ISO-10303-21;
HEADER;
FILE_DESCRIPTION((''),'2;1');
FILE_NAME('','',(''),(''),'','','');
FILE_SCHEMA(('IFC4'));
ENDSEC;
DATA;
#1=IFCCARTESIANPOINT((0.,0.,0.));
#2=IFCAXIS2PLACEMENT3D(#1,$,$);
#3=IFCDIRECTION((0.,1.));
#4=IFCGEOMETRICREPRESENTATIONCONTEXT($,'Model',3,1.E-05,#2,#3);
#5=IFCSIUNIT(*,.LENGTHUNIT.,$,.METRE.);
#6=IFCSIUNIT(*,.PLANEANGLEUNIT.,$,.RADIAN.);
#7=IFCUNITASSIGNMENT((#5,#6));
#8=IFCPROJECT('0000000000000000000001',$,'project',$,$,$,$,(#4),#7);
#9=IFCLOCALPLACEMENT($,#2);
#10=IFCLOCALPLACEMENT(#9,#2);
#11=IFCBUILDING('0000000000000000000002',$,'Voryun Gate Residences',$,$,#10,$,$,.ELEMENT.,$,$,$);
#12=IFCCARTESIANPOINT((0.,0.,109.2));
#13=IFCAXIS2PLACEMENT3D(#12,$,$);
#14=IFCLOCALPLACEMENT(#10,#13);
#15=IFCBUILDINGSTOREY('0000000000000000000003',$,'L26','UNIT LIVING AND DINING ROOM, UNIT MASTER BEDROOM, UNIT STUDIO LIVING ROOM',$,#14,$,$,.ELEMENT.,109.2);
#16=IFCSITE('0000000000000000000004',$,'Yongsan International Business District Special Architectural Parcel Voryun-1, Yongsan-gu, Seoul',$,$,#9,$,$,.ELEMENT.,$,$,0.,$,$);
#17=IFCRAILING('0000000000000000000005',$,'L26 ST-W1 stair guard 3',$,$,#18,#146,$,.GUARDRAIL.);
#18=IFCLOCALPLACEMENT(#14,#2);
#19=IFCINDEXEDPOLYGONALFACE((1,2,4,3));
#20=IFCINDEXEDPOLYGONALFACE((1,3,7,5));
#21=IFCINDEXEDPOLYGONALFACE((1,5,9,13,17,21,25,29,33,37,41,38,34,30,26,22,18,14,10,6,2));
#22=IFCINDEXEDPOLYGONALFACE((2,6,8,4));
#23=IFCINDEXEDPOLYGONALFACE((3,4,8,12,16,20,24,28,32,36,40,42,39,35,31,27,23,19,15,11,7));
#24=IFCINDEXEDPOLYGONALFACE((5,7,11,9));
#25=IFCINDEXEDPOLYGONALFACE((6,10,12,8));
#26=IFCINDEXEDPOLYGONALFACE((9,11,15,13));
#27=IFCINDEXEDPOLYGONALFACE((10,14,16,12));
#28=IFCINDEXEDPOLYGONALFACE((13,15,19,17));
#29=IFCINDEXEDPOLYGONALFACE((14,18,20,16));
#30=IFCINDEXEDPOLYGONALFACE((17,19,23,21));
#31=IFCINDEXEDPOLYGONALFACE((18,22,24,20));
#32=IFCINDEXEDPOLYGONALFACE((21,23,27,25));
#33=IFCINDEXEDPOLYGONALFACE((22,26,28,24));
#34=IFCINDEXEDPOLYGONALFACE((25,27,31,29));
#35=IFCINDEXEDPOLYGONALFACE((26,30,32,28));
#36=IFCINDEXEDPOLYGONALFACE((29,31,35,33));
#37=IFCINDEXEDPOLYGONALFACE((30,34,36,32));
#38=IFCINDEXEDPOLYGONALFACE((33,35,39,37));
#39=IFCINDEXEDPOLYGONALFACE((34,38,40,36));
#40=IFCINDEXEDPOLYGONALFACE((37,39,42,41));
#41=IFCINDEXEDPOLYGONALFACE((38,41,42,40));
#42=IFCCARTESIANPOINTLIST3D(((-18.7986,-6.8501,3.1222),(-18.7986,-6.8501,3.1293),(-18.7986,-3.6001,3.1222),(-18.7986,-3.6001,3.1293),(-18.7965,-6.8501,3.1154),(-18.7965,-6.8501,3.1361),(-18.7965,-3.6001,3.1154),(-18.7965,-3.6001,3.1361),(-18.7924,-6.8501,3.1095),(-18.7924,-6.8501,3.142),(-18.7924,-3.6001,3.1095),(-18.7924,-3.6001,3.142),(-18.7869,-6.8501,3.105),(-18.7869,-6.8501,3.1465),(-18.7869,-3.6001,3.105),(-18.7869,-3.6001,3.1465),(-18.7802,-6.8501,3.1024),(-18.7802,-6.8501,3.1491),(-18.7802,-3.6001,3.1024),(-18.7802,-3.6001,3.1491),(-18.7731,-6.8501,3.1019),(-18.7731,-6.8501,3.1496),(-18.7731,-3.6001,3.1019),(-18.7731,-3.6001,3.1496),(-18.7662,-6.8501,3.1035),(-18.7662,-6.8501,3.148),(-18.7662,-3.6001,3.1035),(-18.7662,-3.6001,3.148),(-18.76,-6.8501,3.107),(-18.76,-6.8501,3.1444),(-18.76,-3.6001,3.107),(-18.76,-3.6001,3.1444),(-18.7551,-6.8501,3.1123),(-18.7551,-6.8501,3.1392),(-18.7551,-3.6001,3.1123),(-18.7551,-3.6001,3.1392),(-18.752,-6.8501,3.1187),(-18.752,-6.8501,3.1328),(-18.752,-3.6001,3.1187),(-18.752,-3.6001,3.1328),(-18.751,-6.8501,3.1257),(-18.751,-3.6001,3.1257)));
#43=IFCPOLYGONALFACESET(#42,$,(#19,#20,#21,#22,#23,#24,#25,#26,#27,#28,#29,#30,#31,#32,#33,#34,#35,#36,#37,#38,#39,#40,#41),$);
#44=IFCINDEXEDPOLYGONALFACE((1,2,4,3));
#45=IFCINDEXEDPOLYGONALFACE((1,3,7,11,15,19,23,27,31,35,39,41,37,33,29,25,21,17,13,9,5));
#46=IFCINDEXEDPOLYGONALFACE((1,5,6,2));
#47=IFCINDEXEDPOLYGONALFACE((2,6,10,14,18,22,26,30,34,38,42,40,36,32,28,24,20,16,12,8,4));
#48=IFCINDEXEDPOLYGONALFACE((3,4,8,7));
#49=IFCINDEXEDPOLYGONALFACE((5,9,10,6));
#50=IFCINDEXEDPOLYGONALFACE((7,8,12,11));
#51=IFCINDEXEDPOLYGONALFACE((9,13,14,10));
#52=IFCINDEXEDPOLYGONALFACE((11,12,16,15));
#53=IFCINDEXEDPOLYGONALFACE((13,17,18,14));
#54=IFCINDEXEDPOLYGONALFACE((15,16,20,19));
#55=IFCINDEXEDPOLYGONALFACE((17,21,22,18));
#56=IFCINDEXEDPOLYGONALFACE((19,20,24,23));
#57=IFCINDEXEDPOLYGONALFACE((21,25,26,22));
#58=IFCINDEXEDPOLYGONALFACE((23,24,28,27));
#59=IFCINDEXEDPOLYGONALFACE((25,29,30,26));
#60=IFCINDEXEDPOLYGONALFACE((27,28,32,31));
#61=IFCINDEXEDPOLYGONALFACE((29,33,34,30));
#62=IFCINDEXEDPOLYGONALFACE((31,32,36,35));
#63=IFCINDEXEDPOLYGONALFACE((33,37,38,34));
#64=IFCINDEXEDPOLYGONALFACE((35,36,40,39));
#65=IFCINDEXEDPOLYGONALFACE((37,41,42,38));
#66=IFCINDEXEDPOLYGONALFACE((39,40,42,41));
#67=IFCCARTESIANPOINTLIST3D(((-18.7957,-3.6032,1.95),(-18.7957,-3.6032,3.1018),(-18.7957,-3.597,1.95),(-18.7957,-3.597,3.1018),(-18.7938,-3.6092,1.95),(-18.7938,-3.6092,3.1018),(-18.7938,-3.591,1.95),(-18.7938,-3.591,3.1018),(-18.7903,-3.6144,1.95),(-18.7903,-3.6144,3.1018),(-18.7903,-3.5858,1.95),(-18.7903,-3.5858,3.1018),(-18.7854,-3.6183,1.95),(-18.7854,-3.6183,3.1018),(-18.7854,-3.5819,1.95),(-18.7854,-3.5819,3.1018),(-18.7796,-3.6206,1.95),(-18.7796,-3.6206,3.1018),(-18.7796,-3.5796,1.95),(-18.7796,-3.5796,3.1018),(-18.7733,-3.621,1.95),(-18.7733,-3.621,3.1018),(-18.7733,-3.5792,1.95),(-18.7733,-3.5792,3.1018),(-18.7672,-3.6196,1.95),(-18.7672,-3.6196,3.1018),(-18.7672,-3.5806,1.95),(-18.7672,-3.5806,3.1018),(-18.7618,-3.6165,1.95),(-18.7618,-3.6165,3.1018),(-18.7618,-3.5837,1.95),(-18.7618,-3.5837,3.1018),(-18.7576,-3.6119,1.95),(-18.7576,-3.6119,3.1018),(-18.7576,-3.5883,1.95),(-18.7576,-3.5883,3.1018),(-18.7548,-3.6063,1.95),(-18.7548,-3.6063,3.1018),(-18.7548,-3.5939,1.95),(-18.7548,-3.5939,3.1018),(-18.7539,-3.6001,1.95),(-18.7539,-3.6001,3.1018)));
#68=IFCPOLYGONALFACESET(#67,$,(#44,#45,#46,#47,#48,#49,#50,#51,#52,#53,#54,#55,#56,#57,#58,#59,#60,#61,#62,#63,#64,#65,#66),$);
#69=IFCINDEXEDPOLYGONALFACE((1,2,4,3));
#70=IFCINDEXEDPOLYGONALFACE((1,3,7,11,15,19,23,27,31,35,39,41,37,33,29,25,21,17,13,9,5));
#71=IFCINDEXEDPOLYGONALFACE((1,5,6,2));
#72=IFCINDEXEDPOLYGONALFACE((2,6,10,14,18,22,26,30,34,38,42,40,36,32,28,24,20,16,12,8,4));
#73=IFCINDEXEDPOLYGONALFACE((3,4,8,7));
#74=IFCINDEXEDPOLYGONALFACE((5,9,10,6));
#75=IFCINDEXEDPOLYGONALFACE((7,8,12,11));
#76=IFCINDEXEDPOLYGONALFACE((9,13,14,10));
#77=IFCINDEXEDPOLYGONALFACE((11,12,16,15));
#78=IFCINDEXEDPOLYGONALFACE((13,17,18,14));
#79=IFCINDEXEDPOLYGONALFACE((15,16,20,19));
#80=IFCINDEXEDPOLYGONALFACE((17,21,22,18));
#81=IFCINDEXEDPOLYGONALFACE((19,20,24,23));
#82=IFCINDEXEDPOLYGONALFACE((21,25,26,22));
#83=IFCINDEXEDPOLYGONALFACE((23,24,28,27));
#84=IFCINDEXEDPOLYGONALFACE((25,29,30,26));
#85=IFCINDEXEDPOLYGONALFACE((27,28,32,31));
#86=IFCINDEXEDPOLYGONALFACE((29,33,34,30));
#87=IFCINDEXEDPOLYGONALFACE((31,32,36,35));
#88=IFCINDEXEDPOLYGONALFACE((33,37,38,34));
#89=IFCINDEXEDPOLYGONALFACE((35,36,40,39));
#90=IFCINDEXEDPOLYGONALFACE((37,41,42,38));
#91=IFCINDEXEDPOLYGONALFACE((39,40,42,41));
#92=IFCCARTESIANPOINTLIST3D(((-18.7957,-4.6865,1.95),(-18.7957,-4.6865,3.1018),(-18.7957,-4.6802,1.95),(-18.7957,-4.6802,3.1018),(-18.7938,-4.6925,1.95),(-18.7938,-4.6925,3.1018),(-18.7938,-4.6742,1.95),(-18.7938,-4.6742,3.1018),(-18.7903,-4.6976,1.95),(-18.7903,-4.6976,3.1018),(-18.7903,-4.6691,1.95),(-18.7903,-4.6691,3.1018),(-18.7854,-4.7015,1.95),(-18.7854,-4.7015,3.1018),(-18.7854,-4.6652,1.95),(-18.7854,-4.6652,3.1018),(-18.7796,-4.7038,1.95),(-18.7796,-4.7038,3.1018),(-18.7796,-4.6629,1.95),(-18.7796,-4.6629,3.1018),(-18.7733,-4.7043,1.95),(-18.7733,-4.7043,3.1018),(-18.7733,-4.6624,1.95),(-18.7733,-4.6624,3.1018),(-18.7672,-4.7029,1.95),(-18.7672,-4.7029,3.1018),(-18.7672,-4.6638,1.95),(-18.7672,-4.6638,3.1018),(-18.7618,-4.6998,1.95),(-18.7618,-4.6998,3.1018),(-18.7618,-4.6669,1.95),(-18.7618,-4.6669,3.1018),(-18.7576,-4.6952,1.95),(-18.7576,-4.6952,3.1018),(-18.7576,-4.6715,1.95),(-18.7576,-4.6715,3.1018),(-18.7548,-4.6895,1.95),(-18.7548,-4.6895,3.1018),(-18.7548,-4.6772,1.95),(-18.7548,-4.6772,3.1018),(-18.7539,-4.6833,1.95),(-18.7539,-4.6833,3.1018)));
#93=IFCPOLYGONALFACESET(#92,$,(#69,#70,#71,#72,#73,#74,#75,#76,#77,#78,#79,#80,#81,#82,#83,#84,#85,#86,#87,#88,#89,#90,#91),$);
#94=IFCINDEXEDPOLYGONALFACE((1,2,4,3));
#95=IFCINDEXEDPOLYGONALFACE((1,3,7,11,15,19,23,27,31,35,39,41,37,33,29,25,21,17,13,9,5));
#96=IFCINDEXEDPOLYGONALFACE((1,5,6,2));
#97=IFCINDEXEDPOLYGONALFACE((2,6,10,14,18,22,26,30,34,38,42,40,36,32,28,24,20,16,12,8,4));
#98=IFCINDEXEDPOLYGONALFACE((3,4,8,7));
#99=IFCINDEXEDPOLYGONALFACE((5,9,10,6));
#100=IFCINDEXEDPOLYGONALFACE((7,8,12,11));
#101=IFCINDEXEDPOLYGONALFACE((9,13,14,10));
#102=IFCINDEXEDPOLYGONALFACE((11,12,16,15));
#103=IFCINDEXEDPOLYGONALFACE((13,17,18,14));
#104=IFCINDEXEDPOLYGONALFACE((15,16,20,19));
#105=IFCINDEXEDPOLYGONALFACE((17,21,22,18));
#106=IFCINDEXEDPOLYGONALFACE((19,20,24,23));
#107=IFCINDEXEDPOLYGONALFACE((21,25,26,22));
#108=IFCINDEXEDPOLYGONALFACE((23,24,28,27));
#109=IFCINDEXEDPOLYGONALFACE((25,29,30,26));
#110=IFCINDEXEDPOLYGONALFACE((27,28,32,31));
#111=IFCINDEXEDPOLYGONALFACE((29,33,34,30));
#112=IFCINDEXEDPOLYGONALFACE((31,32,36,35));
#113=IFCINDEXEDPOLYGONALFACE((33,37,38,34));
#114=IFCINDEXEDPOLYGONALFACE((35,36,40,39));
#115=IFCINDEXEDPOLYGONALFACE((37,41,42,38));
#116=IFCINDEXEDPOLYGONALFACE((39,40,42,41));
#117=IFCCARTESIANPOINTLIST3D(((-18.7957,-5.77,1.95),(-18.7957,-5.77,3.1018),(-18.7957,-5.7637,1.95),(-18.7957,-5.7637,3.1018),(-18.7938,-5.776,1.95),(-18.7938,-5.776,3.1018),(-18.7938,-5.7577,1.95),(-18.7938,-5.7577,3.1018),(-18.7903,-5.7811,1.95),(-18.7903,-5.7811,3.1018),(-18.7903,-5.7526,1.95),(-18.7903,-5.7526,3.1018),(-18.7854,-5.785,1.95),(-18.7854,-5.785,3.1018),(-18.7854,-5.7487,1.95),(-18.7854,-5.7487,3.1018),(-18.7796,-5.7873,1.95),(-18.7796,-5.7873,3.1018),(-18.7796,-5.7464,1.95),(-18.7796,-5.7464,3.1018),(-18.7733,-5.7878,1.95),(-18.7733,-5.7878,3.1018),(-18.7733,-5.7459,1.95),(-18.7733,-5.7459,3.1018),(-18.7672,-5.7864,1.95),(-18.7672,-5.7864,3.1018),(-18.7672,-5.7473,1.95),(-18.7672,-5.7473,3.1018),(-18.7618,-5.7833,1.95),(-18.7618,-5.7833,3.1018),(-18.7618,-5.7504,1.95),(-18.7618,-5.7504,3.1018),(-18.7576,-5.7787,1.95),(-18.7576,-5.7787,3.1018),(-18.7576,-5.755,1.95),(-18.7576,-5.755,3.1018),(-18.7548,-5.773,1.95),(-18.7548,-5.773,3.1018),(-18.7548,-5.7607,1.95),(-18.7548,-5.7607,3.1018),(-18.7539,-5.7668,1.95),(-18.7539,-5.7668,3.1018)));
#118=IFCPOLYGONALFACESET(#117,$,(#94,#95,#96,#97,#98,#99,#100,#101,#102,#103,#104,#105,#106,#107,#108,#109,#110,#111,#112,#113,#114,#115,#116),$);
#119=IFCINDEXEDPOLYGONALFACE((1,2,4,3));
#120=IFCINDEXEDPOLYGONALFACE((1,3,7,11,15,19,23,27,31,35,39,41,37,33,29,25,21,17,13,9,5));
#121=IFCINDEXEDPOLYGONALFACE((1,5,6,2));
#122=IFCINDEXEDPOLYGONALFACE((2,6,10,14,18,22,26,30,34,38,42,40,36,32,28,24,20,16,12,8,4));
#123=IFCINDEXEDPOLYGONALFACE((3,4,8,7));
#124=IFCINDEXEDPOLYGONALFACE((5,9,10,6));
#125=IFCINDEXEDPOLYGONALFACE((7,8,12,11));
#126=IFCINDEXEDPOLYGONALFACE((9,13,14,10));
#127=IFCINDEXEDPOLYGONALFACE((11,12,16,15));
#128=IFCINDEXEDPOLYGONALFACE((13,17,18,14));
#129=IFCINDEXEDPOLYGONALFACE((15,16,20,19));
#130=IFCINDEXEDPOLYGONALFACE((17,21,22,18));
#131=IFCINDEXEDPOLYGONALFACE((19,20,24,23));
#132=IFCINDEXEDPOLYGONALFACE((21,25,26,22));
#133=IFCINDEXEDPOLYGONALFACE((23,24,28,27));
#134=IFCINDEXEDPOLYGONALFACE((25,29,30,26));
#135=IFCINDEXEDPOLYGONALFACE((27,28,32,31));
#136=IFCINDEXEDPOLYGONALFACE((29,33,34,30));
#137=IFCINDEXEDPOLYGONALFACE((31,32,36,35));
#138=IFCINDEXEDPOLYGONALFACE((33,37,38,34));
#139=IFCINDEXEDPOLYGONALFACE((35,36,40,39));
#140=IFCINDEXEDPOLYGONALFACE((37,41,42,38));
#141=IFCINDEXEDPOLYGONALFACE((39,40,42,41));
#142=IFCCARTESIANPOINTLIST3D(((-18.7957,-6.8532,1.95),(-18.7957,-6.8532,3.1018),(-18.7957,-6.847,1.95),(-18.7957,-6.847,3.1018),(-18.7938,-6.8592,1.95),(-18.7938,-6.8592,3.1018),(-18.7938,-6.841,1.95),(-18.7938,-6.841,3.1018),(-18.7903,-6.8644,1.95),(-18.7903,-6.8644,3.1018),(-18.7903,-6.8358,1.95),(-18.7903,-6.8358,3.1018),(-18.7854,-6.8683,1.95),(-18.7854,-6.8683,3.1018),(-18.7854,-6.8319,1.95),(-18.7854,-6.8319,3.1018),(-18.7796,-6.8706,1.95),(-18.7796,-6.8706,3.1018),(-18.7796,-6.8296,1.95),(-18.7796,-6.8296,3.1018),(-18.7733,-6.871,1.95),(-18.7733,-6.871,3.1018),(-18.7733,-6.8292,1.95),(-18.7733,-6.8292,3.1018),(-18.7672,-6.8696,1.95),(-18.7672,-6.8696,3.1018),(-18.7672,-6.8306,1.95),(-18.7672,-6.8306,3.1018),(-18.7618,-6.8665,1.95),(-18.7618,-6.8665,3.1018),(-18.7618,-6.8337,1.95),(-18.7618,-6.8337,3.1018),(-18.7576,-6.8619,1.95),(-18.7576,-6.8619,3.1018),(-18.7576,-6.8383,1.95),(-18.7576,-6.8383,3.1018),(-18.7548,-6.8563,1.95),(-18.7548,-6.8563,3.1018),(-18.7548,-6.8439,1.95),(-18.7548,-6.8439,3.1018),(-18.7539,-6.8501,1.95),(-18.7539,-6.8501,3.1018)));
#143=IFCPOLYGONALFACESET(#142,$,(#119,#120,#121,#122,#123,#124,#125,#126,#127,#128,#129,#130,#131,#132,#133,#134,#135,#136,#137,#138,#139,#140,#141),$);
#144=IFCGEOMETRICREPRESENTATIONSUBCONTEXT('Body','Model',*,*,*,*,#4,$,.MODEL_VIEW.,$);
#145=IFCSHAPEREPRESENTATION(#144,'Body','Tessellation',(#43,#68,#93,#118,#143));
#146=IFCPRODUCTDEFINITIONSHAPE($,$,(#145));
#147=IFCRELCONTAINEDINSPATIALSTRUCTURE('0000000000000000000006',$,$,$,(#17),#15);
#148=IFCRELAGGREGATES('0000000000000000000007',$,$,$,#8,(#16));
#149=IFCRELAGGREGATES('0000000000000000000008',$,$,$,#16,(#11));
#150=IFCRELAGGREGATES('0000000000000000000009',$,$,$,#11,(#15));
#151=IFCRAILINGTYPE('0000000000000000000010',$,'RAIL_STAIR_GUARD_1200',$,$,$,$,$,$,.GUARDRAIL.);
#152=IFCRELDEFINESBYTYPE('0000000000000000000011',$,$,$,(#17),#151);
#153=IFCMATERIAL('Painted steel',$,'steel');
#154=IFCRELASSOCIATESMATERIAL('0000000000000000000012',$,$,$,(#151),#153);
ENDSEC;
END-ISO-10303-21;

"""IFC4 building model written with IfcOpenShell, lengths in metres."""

from ifc_helpers import new_model, si_unit, direction, frame, origin, origin_2d, place, context, subcontext, project, spatial, circle, extrude, material, type_object, element, save


model = new_model("IFC4")

# Units and contexts
model_context = context("Model", 3, precision=1e-05, world=origin(), true_north=direction((0.0, 1.0)))
body_context = subcontext(model_context, "Body", "Model", "MODEL_VIEW")
ifc_project = project(units=[si_unit("LENGTHUNIT", "METRE"), si_unit("PLANEANGLEUNIT", "RADIAN")], contexts=[model_context])

# Site, building, storey
site_placement = place(None, origin())
site = spatial("IfcSite", under=ifc_project, at=site_placement, Name="Yongsan International Business District Special Architectural Parcel Voryun-1, Yongsan-gu, Seoul", CompositionType="ELEMENT", RefElevation=0.0)
building_placement = place(site_placement, origin())
building = spatial("IfcBuilding", under=site, at=building_placement, Name="Voryun Gate Residences", CompositionType="ELEMENT")
storey_placement = place(building_placement, frame((0.0, 0.0, 109.2)))
storey = spatial("IfcBuildingStorey", under=building, at=storey_placement, Name="L26", Description="UNIT LIVING AND DINING ROOM, UNIT MASTER BEDROOM, UNIT STUDIO LIVING ROOM", CompositionType="ELEMENT", Elevation=109.2)

# Railing
ifc_material_1 = material(Name="Painted steel", Category="steel")
railing_type_1 = type_object("IfcRailingType", Name="RAIL_STAIR_GUARD_1200", PredefinedType="GUARDRAIL", material=ifc_material_1)
railing_1_placement = place(storey_placement, frame((-18.7749, -3.6001, 1.95)))
element("IfcRailing", 1, at=railing_1_placement, inside=storey, type_object=railing_type_1, Name="L26 ST-W1 stair guard 3", PredefinedType="GUARDRAIL", context=body_context, shape_type="SweptSolid", body=[
    extrude(circle(Radius=0.0239, at=origin_2d()), frame((0.0, 0.0, 1.1758), z_axis=(0.0, -1.0, 0.0), x_axis=(1.0, 0.0, 0.0)), (0.0, 0.0, 1.0), 3.25),
    extrude(circle(Radius=0.021, at=origin_2d()), origin(), (0.0, 0.0, 1.0), 1.1519),
    extrude(circle(Radius=0.021, at=origin_2d()), frame((0.0, -1.0833, 0.0)), (0.0, 0.0, 1.0), 1.1519),
    extrude(circle(Radius=0.021, at=origin_2d()), frame((0.0, -2.1667, 0.0)), (0.0, 0.0, 1.0), 1.1519),
    extrude(circle(Radius=0.021, at=origin_2d()), frame((0.0, -3.25, 0.0)), (0.0, 0.0, 1.0), 1.1519),
])

save(model, "model.ifc")
